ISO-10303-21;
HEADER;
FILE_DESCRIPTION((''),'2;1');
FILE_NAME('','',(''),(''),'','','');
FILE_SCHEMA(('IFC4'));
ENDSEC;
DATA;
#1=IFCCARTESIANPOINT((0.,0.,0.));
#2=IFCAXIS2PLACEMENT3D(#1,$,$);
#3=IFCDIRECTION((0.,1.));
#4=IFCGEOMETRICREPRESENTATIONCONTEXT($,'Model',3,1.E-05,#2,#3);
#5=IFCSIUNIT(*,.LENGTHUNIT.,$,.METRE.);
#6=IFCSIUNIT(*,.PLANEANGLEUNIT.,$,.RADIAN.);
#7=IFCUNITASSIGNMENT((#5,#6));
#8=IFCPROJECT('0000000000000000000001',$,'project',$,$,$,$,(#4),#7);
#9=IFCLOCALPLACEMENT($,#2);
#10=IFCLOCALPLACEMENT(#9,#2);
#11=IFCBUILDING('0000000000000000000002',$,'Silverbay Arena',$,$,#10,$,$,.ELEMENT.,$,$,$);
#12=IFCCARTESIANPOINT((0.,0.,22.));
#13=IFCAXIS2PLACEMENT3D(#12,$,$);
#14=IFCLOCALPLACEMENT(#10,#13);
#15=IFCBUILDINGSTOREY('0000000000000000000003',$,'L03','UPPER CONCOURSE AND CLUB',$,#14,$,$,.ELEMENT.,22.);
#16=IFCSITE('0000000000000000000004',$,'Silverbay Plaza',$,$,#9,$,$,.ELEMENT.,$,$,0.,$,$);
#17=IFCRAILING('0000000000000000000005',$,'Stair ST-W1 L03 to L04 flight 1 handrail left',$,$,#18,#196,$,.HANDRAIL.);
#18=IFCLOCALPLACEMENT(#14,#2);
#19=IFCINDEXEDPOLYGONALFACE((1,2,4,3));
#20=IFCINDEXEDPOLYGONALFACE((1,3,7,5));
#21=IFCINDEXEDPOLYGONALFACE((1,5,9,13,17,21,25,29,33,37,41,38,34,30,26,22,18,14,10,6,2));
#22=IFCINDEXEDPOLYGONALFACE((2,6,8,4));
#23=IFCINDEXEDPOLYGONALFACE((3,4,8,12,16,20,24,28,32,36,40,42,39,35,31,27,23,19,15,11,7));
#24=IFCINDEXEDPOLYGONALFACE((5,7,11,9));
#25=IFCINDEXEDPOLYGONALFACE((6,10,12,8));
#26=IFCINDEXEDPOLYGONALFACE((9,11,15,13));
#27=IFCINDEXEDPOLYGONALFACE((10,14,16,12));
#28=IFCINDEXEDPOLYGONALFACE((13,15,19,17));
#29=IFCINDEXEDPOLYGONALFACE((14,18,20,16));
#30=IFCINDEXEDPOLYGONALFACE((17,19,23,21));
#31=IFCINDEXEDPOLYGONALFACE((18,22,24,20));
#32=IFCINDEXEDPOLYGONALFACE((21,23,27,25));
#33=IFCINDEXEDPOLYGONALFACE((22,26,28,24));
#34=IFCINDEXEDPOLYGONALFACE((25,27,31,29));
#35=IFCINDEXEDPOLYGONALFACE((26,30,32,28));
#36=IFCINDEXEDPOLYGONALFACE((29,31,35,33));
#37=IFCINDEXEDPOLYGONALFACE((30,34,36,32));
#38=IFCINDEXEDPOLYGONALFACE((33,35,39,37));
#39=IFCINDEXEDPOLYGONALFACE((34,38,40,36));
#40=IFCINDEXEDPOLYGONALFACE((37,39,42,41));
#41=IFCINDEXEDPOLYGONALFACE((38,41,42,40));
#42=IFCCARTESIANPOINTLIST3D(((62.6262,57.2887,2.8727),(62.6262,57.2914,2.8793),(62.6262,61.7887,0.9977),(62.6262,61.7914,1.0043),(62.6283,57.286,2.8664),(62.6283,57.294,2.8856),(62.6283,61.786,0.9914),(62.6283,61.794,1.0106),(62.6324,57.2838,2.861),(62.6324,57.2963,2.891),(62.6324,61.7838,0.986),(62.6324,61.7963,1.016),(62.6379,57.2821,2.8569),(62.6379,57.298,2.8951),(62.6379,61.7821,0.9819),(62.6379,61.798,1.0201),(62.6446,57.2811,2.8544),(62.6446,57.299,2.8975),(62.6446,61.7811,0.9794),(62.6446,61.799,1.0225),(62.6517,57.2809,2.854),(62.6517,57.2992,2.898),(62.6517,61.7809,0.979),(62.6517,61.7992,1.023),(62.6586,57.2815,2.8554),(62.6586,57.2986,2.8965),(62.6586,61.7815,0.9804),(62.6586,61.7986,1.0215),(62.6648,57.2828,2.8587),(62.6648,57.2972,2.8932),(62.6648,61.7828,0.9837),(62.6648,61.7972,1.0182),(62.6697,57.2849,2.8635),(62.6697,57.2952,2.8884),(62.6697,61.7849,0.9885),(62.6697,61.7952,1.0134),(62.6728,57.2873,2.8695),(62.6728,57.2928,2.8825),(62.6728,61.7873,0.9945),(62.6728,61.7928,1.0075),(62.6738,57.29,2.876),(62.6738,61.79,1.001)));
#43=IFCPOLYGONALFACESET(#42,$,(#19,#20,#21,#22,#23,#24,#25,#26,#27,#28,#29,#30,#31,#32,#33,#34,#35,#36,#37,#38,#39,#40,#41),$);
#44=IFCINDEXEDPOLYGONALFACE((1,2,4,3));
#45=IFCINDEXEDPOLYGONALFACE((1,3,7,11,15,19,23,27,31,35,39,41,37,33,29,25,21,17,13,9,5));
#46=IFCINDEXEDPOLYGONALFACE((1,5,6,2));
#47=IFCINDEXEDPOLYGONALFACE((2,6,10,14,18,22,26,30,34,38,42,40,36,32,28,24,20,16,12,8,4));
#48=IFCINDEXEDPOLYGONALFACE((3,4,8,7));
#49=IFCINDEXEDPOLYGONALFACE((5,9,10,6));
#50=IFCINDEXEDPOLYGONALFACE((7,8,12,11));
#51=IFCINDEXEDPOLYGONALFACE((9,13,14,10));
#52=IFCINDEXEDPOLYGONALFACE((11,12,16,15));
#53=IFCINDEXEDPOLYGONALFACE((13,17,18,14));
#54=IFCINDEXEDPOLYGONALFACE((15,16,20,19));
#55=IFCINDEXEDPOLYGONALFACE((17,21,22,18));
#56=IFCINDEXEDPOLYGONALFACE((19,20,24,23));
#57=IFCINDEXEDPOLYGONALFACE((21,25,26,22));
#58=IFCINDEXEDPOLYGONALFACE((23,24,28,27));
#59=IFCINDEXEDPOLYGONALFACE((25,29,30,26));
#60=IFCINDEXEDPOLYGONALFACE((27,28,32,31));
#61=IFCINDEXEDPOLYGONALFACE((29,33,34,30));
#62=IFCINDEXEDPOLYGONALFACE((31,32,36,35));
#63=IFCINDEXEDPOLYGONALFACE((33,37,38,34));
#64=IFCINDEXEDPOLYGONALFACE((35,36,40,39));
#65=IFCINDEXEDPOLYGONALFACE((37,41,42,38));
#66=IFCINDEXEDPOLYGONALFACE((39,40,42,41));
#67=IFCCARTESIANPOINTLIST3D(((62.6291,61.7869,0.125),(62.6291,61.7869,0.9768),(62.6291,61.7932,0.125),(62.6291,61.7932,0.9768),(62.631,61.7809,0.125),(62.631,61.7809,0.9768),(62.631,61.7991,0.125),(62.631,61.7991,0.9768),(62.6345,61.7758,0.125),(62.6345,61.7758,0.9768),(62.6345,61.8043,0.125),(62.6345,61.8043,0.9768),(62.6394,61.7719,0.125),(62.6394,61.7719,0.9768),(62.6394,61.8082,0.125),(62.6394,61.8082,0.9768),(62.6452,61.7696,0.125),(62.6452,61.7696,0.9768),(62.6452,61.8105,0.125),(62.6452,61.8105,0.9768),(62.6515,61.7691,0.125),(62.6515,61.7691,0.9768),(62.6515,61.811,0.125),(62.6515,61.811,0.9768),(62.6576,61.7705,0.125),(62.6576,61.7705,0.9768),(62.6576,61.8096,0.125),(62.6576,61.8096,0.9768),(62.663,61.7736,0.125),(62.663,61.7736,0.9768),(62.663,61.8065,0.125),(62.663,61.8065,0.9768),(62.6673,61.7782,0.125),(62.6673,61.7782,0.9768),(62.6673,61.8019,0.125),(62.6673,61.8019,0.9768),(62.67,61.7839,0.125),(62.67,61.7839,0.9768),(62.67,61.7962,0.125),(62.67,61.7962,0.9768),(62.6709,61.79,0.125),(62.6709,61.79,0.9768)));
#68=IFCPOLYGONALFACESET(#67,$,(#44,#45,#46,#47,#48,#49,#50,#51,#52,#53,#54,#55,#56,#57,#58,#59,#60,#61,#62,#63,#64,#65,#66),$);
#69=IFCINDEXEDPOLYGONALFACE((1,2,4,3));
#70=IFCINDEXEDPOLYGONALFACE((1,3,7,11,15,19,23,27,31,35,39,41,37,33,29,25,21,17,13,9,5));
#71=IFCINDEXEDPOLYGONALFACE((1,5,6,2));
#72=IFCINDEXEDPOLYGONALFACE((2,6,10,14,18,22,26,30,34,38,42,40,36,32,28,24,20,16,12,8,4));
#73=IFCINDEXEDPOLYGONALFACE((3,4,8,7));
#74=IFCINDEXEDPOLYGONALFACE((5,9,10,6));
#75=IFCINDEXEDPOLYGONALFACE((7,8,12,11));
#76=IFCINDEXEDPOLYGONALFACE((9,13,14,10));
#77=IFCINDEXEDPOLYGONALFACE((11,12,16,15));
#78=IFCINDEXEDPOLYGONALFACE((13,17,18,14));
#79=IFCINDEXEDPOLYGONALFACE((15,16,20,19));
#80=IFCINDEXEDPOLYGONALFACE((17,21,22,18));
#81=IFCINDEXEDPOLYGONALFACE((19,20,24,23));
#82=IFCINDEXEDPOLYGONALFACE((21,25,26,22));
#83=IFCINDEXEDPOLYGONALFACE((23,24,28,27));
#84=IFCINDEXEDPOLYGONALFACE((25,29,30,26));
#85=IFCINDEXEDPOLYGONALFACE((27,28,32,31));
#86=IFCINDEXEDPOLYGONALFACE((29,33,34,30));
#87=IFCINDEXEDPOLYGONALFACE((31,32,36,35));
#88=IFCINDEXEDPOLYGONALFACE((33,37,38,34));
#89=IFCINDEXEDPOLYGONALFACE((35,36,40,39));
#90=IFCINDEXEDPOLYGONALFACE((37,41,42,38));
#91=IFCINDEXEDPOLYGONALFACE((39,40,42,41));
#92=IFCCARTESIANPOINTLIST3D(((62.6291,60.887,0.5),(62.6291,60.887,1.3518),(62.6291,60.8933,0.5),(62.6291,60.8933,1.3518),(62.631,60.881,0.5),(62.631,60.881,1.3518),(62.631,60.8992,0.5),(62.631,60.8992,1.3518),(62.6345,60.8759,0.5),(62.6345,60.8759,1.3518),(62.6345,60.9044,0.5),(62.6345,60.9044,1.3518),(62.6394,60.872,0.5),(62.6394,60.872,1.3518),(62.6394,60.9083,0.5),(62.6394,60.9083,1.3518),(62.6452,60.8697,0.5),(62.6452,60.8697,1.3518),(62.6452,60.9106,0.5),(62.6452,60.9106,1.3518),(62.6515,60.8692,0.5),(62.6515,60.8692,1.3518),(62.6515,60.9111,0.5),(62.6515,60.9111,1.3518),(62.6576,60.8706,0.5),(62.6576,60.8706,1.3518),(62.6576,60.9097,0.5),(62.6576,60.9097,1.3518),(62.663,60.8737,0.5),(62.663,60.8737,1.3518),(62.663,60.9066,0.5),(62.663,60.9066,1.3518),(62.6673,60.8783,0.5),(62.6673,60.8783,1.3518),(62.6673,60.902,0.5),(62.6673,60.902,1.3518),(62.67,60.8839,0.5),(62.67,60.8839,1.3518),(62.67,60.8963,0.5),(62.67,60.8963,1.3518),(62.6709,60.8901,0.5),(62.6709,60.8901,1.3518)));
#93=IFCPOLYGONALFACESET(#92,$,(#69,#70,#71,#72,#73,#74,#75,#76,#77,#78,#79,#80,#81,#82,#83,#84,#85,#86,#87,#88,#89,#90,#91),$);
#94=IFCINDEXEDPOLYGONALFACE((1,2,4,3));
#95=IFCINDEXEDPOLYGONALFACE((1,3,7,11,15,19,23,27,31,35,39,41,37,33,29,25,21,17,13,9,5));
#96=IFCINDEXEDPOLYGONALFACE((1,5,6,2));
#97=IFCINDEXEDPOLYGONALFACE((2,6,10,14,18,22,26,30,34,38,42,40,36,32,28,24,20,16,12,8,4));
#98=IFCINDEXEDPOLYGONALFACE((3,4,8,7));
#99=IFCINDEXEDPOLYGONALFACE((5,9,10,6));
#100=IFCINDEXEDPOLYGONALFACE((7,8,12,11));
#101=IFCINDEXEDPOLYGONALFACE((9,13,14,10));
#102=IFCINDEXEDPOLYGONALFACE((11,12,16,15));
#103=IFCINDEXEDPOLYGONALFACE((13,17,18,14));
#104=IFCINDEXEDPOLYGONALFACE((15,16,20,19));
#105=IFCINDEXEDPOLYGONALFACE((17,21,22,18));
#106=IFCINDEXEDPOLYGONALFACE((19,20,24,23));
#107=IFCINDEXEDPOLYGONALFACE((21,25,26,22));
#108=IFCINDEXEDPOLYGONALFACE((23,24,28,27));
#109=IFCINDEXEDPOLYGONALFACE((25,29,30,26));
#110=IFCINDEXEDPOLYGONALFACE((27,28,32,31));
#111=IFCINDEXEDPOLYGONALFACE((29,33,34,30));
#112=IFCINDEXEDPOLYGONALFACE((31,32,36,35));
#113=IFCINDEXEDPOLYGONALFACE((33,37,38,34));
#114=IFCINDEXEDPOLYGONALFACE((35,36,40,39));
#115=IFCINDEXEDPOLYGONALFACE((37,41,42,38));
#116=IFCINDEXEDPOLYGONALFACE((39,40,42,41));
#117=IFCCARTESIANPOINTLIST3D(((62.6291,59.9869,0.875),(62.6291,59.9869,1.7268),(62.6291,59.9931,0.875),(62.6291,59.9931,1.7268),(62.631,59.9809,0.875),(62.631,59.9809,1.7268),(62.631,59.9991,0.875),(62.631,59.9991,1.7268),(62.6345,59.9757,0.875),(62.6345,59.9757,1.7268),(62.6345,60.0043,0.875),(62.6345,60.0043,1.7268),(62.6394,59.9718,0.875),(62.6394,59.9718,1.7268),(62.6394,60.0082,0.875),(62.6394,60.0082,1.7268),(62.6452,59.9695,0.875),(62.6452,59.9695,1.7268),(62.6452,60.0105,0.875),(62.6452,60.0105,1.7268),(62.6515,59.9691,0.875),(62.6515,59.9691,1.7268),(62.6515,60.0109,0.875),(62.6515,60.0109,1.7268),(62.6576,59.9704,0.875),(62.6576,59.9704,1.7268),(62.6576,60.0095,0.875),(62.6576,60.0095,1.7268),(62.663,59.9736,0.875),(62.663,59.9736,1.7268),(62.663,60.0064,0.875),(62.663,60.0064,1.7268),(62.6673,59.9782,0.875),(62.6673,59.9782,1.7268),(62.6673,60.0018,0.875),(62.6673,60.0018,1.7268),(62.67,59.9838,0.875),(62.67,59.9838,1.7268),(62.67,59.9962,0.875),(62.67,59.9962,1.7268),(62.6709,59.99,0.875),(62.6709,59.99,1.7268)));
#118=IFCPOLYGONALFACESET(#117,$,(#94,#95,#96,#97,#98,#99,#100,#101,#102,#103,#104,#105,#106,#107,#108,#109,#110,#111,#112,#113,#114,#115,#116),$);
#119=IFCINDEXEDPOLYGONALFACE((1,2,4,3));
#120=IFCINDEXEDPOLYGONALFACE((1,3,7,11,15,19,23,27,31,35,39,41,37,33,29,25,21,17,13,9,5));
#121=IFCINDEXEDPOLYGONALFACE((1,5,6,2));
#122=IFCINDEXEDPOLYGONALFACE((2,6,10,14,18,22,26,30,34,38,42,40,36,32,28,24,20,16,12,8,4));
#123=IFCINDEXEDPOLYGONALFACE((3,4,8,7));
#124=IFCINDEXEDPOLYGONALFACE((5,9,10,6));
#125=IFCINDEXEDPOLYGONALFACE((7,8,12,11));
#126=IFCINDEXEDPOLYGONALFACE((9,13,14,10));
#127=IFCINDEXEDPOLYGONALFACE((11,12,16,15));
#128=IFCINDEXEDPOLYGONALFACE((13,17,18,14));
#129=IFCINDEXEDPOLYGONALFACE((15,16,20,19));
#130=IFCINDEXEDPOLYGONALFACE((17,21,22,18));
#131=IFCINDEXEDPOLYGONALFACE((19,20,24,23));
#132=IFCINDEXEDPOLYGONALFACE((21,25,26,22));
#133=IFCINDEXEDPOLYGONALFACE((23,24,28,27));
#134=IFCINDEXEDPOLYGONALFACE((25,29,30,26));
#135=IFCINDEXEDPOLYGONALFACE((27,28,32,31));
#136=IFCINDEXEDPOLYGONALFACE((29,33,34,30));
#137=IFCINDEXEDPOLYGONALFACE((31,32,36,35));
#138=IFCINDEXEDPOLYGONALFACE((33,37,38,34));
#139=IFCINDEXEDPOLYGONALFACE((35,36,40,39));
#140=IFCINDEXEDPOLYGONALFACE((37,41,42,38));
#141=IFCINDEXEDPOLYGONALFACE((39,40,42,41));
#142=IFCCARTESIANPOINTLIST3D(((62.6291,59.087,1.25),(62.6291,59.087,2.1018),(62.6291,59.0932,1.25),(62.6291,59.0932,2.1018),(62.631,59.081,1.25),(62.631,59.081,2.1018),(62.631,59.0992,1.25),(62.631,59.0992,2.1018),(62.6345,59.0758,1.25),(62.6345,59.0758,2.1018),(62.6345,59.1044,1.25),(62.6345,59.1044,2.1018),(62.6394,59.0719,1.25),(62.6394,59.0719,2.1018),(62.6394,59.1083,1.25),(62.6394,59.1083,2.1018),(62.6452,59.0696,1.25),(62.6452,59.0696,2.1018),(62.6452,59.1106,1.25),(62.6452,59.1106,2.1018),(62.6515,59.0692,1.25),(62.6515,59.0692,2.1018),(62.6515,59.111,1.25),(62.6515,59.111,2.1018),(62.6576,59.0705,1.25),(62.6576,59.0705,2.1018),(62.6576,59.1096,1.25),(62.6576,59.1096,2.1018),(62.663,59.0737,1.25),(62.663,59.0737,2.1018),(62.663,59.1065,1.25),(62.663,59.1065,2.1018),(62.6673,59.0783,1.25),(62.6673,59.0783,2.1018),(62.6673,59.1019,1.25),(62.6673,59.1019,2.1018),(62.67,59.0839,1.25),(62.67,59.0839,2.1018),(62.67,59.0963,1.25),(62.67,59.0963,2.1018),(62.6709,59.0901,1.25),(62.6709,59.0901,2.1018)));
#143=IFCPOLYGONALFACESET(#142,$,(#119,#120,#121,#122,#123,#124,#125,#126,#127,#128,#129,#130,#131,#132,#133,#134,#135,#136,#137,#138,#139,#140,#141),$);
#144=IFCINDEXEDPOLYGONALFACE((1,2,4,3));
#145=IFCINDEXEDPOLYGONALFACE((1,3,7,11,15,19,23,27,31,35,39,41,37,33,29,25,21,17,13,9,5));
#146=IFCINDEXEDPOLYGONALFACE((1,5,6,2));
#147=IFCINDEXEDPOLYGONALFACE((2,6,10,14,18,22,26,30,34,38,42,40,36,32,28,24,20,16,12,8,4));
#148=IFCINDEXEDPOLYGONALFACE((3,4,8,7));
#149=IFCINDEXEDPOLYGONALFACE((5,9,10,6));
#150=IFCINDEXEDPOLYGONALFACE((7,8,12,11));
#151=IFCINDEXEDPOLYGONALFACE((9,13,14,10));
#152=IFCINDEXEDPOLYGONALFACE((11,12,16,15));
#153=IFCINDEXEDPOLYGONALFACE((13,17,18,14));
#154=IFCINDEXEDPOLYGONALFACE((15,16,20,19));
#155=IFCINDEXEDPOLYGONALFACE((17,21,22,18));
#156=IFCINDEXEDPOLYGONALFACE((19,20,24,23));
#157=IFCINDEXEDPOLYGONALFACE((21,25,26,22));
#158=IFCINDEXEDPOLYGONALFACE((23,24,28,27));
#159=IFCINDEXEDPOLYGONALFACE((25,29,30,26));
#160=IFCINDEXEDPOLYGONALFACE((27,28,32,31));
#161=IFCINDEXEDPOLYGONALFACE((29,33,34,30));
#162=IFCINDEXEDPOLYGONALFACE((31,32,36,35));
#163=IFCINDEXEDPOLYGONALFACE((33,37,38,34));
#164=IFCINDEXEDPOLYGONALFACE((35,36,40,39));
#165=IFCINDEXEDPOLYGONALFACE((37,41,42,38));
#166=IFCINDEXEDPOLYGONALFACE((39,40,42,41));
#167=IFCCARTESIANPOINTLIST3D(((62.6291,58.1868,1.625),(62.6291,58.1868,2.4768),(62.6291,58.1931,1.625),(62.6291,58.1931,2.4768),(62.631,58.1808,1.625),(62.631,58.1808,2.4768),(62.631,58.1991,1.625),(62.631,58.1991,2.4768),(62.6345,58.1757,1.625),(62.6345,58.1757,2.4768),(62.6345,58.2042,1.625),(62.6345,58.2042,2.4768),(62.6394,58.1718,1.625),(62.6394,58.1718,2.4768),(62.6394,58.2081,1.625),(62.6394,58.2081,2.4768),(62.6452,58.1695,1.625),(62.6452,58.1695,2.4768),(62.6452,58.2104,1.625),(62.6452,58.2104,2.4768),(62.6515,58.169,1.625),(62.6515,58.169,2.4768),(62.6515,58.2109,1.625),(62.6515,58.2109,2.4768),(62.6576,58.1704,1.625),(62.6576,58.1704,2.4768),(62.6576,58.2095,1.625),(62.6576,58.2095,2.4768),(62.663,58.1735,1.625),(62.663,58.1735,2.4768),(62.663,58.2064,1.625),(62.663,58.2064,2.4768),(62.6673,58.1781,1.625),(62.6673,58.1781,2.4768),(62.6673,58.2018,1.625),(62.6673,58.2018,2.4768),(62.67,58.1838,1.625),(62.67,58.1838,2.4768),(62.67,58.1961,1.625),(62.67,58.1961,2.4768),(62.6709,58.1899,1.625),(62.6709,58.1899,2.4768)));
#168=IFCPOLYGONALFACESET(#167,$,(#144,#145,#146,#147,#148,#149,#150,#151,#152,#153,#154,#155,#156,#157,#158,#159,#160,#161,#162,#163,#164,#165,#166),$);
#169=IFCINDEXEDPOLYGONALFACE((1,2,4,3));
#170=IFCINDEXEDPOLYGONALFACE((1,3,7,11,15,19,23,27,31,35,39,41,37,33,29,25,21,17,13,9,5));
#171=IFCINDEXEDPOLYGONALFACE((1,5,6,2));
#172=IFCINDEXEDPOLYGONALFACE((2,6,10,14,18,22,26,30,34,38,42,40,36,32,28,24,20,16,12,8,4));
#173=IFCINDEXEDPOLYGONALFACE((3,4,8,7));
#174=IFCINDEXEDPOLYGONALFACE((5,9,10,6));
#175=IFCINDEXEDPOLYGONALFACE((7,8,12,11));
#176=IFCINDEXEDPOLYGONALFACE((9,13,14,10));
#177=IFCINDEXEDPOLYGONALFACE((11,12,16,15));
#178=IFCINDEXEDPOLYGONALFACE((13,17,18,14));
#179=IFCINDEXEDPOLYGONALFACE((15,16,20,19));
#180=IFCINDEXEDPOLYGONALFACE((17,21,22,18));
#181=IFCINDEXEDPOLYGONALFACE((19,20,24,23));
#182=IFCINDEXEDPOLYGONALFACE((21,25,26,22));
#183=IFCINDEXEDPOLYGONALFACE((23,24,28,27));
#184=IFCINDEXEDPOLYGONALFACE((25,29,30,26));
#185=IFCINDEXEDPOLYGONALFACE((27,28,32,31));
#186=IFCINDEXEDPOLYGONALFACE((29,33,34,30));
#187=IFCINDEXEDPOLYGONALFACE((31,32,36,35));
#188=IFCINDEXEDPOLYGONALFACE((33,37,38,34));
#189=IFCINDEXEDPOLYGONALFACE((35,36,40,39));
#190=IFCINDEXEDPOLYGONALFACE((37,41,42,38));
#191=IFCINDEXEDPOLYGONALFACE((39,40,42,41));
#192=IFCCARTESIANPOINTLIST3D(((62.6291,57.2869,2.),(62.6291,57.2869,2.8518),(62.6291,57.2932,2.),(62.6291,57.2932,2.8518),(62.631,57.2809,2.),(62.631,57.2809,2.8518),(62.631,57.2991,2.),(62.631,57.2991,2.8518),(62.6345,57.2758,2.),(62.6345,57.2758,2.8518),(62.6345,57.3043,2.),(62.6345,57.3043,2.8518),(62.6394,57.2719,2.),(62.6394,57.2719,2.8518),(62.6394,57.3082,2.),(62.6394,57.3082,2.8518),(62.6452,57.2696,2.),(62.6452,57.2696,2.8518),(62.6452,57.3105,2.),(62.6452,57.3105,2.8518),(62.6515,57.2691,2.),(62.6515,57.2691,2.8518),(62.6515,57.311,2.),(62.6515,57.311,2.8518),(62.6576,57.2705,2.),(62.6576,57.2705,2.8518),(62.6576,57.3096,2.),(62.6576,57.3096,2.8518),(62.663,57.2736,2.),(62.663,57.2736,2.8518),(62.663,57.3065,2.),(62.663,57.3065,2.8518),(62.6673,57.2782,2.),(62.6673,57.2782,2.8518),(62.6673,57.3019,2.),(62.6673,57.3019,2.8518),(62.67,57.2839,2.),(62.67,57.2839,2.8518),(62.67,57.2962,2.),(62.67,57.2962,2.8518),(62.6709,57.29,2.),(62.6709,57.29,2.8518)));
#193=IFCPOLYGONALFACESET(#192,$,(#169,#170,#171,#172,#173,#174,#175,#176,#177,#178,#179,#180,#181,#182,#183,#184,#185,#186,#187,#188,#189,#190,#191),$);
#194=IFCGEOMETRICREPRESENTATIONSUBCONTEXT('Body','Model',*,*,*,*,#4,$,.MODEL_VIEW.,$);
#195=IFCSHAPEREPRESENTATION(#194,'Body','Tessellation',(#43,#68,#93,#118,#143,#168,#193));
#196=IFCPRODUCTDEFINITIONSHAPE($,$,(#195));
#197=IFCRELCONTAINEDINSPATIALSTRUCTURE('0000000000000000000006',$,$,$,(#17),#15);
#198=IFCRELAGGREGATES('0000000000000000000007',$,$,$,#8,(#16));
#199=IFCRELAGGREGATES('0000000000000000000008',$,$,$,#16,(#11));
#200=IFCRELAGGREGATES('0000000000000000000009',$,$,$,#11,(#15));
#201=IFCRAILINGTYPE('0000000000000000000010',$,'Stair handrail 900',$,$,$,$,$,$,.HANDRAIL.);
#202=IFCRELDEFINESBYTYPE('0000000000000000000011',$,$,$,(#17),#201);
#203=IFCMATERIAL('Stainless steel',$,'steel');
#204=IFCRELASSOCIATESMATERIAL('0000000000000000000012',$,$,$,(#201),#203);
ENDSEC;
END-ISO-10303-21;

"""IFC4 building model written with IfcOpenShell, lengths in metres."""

from ifc_helpers import new_model, si_unit, direction, frame, origin, origin_2d, place, context, subcontext, project, spatial, circle, extrude, material, type_object, element, save


model = new_model("IFC4")

# Units and contexts
model_context = context("Model", 3, precision=1e-05, world=origin(), true_north=direction((0.0, 1.0)))
body_context = subcontext(model_context, "Body", "Model", "MODEL_VIEW")
ifc_project = project(units=[si_unit("LENGTHUNIT", "METRE"), si_unit("PLANEANGLEUNIT", "RADIAN")], contexts=[model_context])

# Site, building, storey
site_placement = place(None, origin())
site = spatial("IfcSite", under=ifc_project, at=site_placement, Name="Silverbay Plaza", CompositionType="ELEMENT", RefElevation=0.0)
building_placement = place(site_placement, origin())
building = spatial("IfcBuilding", under=site, at=building_placement, Name="Silverbay Arena", CompositionType="ELEMENT")
storey_placement = place(building_placement, frame((0.0, 0.0, 22.0)))
storey = spatial("IfcBuildingStorey", under=building, at=storey_placement, Name="L03", Description="UPPER CONCOURSE AND CLUB", CompositionType="ELEMENT", Elevation=22.0)

# Railing
ifc_material_1 = material(Name="Stainless steel", Category="steel")
railing_type_1 = type_object("IfcRailingType", Name="Stair handrail 900", PredefinedType="HANDRAIL", material=ifc_material_1)
for number, where, name in (
    (1, (62.6499, 61.79, 0.125), "Stair ST-W1 L03 to L04 flight 1 handrail left"),
):
    element("IfcRailing", number, at=place(storey_placement, frame(where)), inside=storey, type_object=railing_type_1, Name=name, PredefinedType="HANDRAIL", context=body_context, shape_type="SweptSolid", body=[
        extrude(circle(Radius=0.0239, at=origin_2d()), frame((0.0, 0.0, 0.876), z_axis=(0.0, -0.923077, 0.384615), x_axis=(1.0, 0.0, 0.0)), (0.0, 0.0, 1.0), 4.875),
        extrude(circle(Radius=0.021, at=origin_2d()), origin(), (0.0, 0.0, 1.0), 0.8518),
        extrude(circle(Radius=0.021, at=origin_2d()), frame((0.0, -0.8999, 0.375)), (0.0, 0.0, 1.0), 0.8518),
        extrude(circle(Radius=0.021, at=origin_2d()), frame((0.0, -1.8, 0.75)), (0.0, 0.0, 1.0), 0.8518),
        extrude(circle(Radius=0.021, at=origin_2d()), frame((0.0, -2.7, 1.125)), (0.0, 0.0, 1.0), 0.8518),
        extrude(circle(Radius=0.021, at=origin_2d()), frame((0.0, -3.6001, 1.5)), (0.0, 0.0, 1.0), 0.8518),
        extrude(circle(Radius=0.021, at=origin_2d()), frame((0.0, -4.5, 1.875)), (0.0, 0.0, 1.0), 0.8518),
    ])

save(model, "model.ifc")
